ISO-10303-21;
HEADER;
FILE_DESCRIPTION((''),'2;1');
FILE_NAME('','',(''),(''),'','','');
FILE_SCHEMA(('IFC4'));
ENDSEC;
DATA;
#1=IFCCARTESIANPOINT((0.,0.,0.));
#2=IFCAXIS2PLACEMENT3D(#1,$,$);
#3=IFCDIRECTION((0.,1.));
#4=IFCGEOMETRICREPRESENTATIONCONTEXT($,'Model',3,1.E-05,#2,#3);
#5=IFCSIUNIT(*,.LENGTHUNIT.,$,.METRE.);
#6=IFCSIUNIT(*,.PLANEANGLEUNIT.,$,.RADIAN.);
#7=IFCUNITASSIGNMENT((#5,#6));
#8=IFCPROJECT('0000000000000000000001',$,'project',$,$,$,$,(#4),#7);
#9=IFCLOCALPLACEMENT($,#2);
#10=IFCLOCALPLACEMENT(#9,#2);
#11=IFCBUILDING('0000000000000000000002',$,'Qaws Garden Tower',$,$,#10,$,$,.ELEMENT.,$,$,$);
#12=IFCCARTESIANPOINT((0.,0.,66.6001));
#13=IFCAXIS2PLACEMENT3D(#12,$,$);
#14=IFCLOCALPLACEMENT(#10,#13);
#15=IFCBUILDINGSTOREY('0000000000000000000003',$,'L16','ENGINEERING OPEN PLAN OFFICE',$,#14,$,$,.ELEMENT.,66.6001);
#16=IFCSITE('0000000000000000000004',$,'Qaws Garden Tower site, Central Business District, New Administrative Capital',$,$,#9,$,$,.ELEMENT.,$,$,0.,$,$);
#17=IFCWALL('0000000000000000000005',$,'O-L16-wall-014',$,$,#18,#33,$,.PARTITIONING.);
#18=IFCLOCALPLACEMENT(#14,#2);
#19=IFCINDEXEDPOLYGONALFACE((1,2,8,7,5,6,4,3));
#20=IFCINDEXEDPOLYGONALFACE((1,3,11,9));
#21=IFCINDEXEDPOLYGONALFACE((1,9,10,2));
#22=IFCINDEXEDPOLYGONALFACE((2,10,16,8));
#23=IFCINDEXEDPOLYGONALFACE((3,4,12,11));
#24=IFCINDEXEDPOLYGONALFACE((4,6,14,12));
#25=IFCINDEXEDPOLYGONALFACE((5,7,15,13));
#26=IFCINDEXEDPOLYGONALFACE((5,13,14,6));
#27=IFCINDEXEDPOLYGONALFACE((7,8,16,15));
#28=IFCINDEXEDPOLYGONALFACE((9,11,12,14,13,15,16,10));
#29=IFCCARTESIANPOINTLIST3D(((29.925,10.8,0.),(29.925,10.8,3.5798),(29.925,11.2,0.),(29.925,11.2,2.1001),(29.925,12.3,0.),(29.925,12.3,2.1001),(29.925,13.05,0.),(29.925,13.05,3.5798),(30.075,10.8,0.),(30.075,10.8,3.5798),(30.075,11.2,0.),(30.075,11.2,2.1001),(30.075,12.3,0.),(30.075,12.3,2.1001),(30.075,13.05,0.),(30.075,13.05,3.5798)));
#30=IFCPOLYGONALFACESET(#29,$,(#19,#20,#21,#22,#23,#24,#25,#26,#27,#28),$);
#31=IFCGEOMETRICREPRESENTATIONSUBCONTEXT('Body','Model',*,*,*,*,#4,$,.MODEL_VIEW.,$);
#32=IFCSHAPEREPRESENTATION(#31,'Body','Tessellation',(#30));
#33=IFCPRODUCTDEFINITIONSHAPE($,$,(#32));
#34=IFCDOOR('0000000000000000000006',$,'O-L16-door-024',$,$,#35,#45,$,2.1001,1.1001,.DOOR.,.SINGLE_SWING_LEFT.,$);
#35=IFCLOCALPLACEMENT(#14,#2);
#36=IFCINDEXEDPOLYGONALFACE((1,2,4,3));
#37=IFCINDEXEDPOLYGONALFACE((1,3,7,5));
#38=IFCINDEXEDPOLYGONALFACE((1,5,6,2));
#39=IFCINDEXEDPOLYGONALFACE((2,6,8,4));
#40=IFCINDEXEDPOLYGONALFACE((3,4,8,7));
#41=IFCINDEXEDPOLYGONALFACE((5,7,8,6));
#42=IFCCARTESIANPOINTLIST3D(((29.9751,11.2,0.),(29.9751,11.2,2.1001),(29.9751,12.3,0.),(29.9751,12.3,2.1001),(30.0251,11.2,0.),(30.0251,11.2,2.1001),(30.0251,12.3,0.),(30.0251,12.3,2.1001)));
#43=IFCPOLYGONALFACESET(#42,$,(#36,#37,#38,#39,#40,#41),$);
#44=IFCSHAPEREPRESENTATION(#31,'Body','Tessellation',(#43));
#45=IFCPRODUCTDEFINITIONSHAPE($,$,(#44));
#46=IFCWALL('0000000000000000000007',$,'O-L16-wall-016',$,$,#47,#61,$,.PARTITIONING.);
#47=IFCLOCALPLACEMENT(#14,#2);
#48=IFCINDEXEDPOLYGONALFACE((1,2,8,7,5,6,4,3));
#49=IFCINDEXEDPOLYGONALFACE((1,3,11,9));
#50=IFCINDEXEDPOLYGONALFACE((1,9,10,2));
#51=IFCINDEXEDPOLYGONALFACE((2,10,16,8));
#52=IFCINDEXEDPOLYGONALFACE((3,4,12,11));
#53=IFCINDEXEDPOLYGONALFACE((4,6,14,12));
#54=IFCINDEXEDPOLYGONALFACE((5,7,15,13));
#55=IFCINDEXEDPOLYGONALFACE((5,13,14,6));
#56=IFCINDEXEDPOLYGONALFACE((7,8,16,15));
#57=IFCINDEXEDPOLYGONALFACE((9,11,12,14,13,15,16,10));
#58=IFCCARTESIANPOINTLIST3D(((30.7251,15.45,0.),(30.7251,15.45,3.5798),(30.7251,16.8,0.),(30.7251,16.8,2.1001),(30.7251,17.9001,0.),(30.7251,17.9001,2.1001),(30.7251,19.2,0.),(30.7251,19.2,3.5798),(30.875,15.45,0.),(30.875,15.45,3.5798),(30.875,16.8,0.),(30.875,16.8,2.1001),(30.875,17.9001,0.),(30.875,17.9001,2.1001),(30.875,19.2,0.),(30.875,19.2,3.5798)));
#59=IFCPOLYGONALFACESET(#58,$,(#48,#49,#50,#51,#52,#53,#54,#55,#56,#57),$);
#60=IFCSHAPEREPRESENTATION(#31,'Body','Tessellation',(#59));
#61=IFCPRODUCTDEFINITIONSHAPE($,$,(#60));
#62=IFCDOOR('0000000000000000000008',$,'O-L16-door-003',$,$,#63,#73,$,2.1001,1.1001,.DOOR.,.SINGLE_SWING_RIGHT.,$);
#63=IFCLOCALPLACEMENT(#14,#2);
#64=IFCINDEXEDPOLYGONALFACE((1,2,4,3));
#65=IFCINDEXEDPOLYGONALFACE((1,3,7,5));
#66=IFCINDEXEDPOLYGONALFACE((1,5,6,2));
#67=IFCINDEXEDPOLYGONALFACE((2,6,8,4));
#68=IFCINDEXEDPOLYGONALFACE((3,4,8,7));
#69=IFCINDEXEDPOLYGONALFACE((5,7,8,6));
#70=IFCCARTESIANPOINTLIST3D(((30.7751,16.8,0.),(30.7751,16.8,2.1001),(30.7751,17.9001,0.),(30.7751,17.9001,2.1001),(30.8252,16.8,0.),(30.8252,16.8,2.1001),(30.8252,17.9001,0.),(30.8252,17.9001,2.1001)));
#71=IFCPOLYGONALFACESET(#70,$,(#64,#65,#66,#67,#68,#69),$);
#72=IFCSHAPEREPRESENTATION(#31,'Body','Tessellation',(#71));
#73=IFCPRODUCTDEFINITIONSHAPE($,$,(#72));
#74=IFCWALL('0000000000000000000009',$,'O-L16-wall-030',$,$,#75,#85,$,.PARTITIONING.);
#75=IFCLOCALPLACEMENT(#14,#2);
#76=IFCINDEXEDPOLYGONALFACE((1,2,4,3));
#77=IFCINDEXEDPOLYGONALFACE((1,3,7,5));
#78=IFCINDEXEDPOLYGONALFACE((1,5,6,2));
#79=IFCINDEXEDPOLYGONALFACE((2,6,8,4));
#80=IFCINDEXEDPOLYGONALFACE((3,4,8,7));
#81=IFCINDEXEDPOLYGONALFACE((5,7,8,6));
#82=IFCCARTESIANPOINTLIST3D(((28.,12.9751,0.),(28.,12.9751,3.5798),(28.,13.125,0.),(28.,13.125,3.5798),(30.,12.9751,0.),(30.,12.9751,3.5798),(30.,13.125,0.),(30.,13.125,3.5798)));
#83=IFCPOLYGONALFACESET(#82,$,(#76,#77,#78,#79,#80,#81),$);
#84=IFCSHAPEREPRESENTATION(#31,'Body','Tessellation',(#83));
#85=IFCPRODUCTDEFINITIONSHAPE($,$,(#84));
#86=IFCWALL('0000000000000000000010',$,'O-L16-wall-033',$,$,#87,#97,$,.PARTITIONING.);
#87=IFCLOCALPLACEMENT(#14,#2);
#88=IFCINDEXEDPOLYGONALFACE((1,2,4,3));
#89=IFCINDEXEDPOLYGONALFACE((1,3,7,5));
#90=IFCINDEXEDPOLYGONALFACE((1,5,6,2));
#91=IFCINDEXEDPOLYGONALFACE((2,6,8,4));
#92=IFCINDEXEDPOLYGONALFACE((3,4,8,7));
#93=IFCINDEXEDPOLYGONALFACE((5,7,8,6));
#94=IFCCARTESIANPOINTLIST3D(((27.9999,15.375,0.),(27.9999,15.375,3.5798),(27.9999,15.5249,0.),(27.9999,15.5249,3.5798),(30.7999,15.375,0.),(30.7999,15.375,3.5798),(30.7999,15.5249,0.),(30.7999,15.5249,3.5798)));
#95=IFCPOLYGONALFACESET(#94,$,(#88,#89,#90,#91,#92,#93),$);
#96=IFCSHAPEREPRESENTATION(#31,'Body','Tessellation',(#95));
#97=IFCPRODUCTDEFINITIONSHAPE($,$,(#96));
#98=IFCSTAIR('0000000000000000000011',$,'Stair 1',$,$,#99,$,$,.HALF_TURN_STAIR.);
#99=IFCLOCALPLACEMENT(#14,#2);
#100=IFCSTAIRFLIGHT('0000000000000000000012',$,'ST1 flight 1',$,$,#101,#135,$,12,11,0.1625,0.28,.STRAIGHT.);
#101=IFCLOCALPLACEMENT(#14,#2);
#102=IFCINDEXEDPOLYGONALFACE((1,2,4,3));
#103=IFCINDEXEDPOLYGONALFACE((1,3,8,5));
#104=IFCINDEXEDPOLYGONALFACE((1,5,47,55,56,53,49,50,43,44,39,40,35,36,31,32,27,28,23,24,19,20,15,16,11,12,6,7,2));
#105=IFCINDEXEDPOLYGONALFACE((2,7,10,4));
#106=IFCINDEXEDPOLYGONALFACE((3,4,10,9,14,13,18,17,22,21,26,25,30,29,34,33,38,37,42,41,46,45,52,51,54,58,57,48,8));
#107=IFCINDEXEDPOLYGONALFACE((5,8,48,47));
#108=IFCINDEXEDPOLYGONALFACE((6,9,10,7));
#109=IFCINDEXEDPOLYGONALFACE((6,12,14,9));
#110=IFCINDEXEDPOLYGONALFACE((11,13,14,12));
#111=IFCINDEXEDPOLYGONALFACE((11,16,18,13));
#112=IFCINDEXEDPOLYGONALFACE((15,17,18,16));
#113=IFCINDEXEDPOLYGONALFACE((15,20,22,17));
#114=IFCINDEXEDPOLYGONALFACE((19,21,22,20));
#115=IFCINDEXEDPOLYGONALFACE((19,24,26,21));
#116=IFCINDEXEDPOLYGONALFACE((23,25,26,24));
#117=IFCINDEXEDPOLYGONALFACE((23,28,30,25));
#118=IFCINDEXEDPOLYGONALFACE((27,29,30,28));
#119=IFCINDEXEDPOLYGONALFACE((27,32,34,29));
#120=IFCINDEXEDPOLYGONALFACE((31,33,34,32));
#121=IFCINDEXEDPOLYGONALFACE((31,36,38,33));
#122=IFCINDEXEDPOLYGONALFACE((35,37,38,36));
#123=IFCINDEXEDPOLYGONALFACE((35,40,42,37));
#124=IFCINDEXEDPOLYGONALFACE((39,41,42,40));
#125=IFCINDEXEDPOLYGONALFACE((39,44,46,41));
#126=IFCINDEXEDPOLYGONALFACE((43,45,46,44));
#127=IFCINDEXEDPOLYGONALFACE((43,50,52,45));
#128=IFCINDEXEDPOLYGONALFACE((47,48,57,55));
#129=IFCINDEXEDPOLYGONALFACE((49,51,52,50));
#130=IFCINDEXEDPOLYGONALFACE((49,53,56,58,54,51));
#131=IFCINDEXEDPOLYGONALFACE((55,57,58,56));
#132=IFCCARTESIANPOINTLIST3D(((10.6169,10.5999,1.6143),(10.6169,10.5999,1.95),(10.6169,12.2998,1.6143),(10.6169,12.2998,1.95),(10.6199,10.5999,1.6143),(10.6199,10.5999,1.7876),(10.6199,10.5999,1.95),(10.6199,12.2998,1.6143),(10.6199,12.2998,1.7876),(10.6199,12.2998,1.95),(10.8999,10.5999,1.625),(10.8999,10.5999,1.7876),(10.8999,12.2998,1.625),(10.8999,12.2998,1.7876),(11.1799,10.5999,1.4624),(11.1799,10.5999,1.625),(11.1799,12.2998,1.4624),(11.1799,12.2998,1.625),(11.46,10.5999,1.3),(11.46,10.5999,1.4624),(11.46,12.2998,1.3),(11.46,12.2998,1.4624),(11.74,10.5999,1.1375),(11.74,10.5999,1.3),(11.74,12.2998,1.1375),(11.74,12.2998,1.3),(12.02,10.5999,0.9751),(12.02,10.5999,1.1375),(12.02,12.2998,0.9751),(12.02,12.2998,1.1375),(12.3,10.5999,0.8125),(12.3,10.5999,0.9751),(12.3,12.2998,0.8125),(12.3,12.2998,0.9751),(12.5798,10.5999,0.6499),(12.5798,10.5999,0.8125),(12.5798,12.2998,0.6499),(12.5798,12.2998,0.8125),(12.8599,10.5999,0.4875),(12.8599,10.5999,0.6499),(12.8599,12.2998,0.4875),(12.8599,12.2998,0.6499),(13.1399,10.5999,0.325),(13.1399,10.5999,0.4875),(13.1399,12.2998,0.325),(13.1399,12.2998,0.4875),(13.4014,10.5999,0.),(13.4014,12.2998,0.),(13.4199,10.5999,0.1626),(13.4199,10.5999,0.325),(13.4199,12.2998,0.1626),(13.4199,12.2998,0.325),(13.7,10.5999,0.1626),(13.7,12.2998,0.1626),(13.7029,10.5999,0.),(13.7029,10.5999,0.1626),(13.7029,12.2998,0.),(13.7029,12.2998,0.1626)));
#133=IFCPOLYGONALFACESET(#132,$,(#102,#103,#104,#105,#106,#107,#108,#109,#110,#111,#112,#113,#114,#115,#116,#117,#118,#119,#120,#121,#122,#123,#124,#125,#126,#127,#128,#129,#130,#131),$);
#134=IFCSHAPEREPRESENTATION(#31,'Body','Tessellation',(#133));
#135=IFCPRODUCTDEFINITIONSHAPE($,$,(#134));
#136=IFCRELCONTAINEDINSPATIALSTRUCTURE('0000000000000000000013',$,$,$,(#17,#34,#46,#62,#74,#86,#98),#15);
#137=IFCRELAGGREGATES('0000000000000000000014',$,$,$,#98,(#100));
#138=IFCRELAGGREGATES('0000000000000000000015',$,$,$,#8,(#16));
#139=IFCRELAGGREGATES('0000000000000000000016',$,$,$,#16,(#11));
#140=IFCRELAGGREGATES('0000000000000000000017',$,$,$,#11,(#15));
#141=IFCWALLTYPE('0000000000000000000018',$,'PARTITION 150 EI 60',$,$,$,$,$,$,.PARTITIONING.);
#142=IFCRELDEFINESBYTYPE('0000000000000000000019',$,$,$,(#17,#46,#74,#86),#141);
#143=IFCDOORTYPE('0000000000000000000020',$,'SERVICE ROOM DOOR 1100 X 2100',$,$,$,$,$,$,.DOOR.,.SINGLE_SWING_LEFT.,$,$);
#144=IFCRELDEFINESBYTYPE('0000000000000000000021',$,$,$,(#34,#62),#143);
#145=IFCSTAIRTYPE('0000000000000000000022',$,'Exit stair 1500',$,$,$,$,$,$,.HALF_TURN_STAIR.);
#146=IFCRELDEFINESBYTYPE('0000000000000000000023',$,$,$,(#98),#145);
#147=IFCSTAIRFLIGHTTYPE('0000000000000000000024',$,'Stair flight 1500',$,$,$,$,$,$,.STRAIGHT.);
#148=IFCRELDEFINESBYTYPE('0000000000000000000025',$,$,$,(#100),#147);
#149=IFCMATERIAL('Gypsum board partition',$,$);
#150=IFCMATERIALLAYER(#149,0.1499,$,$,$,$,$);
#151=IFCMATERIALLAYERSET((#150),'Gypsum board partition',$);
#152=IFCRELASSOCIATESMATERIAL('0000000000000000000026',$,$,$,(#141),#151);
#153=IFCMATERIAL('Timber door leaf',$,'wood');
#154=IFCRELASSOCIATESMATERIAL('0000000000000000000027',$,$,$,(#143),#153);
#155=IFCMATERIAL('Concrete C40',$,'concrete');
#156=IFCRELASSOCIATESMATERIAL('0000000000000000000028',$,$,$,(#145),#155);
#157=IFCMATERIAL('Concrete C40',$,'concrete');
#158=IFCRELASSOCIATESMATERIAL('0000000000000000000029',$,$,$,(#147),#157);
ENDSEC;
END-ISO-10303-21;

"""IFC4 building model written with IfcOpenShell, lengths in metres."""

from ifc_helpers import new_model, si_unit, direction, frame, frame_2d, origin, place, context, subcontext, project, spatial, polyline, rectangle, outline, extrude, material, layer, layer_set, type_object, element, fill, aggregate, save


model = new_model("IFC4")

# Units and contexts
model_context = context("Model", 3, precision=1e-05, world=origin(), true_north=direction((0.0, 1.0)))
body_context = subcontext(model_context, "Body", "Model", "MODEL_VIEW")
ifc_project = project(units=[si_unit("LENGTHUNIT", "METRE"), si_unit("PLANEANGLEUNIT", "RADIAN")], contexts=[model_context])

# Site, building, storey
site_placement = place(None, origin())
site = spatial("IfcSite", under=ifc_project, at=site_placement, Name="Qaws Garden Tower site, Central Business District, New Administrative Capital", CompositionType="ELEMENT", RefElevation=0.0)
building_placement = place(site_placement, origin())
building = spatial("IfcBuilding", under=site, at=building_placement, Name="Qaws Garden Tower", CompositionType="ELEMENT")
storey_placement = place(building_placement, frame((0.0, 0.0, 66.6001)))
storey = spatial("IfcBuildingStorey", under=building, at=storey_placement, Name="L16", Description="ENGINEERING OPEN PLAN OFFICE", CompositionType="ELEMENT", Elevation=66.6001)

# Walls, openings, doors
ifc_material_1 = material(Name="Gypsum board partition")
ifc_layer_1 = layer(ifc_material_1, 0.1499)
ifc_layer_set_1 = layer_set([ifc_layer_1], Name="Gypsum board partition")
wall_type_1 = type_object("IfcWallType", Name="PARTITION 150 EI 60", PredefinedType="PARTITIONING", material=ifc_layer_set_1)
wall_1_placement = place(storey_placement, frame((30.0, 10.8, 0.0), z_axis=(0.0, 0.0, 1.0), x_axis=(0.0, 1.0, 0.0)))
wall_1 = element("IfcWall", 1, at=wall_1_placement, inside=storey, type_object=wall_type_1, Name="O-L16-wall-014", PredefinedType="PARTITIONING", context=body_context, shape_type="SweptSolid", body=[
    extrude(rectangle(XDim=2.25, YDim=0.1499, at=frame_2d((1.125, 0.0))), origin(), (0.0, 0.0, 1.0), 3.5798),
])
opening_1_placement = place(wall_1_placement, frame((0.3999, 0.0, 0.0)))
opening_1 = element("IfcOpeningElement", 2, at=opening_1_placement, cuts=wall_1, PredefinedType="OPENING", context=body_context, shape_type="SweptSolid", body=[
    extrude(rectangle(XDim=1.1001, YDim=2.1001, at=frame_2d((0.55, 1.05))), frame((0.0, 0.085, 0.0), z_axis=(0.0, -1.0, 0.0), x_axis=(1.0, 0.0, 0.0)), (0.0, 0.0, 1.0), 0.1699),
])
ifc_material_2 = material(Name="Timber door leaf", Category="wood")
door_type_1 = type_object("IfcDoorType", Name="SERVICE ROOM DOOR 1100 X 2100", OperationType="SINGLE_SWING_LEFT", PredefinedType="DOOR", material=ifc_material_2)
door_1_placement = place(opening_1_placement, origin())
door_1 = element("IfcDoor", 3, at=door_1_placement, inside=storey, type_object=door_type_1, Name="O-L16-door-024", OperationType="SINGLE_SWING_LEFT", OverallHeight=2.1001, OverallWidth=1.1001, PredefinedType="DOOR", context=body_context, shape_type="SweptSolid", body=[
    extrude(rectangle(XDim=1.1001, YDim=2.1001, at=frame_2d((0.55, 1.05))), frame((0.0, 0.0249, 0.0), z_axis=(0.0, -1.0, 0.0), x_axis=(1.0, 0.0, 0.0)), (0.0, 0.0, 1.0), 0.05),
])
fill(opening_1, door_1)
wall_2_placement = place(storey_placement, frame((30.8, 15.45, 0.0), z_axis=(0.0, 0.0, 1.0), x_axis=(0.0, 1.0, 0.0)))
wall_2 = element("IfcWall", 4, at=wall_2_placement, inside=storey, type_object=wall_type_1, Name="O-L16-wall-016", PredefinedType="PARTITIONING", context=body_context, shape_type="SweptSolid", body=[
    extrude(rectangle(XDim=3.75, YDim=0.1499, at=frame_2d((1.875, 0.0))), origin(), (0.0, 0.0, 1.0), 3.5798),
])
opening_2_placement = place(wall_2_placement, frame((1.3501, 0.0, 0.0)))
opening_2 = element("IfcOpeningElement", 5, at=opening_2_placement, cuts=wall_2, PredefinedType="OPENING", context=body_context, shape_type="SweptSolid", body=[
    extrude(rectangle(XDim=1.1001, YDim=2.1001, at=frame_2d((0.55, 1.05))), frame((0.0, 0.085, 0.0), z_axis=(0.0, -1.0, 0.0), x_axis=(1.0, 0.0, 0.0)), (0.0, 0.0, 1.0), 0.1699),
])
door_2_placement = place(opening_2_placement, origin())
door_2 = element("IfcDoor", 6, at=door_2_placement, inside=storey, type_object=door_type_1, Name="O-L16-door-003", OperationType="SINGLE_SWING_RIGHT", OverallHeight=2.1001, OverallWidth=1.1001, PredefinedType="DOOR", context=body_context, shape_type="SweptSolid", body=[
    extrude(rectangle(XDim=1.1001, YDim=2.1001, at=frame_2d((0.55, 1.05))), frame((0.0, 0.0249, 0.0), z_axis=(0.0, -1.0, 0.0), x_axis=(1.0, 0.0, 0.0)), (0.0, 0.0, 1.0), 0.05),
])
fill(opening_2, door_2)

# Walls
wall_3_placement = place(storey_placement, frame((28.0, 13.05, 0.0), z_axis=(0.0, 0.0, 1.0), x_axis=(1.0, 0.0, 0.0)))
element("IfcWall", 7, at=wall_3_placement, inside=storey, type_object=wall_type_1, Name="O-L16-wall-030", PredefinedType="PARTITIONING", context=body_context, shape_type="SweptSolid", body=[
    extrude(rectangle(XDim=2.0, YDim=0.1499, at=frame_2d((1.0, 0.0))), origin(), (0.0, 0.0, 1.0), 3.5798),
])
wall_4_placement = place(storey_placement, frame((28.0, 15.45, 0.0), z_axis=(0.0, 0.0, 1.0), x_axis=(1.0, 0.0, 0.0)))
element("IfcWall", 8, at=wall_4_placement, inside=storey, type_object=wall_type_1, Name="O-L16-wall-033", PredefinedType="PARTITIONING", context=body_context, shape_type="SweptSolid", body=[
    extrude(rectangle(XDim=2.8, YDim=0.1499, at=frame_2d((1.3999, 0.0))), origin(), (0.0, 0.0, 1.0), 3.5798),
])

# Stair, stair flight
ifc_material_3 = material(Name="Concrete C40", Category="concrete")
stair_type = type_object("IfcStairType", Name="Exit stair 1500", PredefinedType="HALF_TURN_STAIR", material=ifc_material_3)
stair_placement = place(storey_placement, origin())
stair = element("IfcStair", 9, at=stair_placement, inside=storey, type_object=stair_type, Name="Stair 1", PredefinedType="HALF_TURN_STAIR")
ifc_material_4 = material(Name="Concrete C40", Category="concrete")
stair_flight_type = type_object("IfcStairFlightType", Name="Stair flight 1500", PredefinedType="STRAIGHT", material=ifc_material_4)
stair_flight_placement = place(storey_placement, frame((13.7, 11.45, 0.0), z_axis=(0.0, 0.0, 1.0), x_axis=(-1.0, 0.0, 0.0)))
stair_flight = element("IfcStairFlight", 10, at=stair_flight_placement, type_object=stair_flight_type, Name="ST1 flight 1", NumberOfRisers=12, NumberOfTreads=11, PredefinedType="STRAIGHT", RiserHeight=0.1625, TreadLength=0.28, context=body_context, shape_type="SweptSolid", body=[
    extrude(outline(polyline([(-0.0029, 0.0), (-0.0029, 0.1626), (0.0, 0.1626), (0.28, 0.1626), (0.28, 0.325), (0.5601, 0.325), (0.5601, 0.4875), (0.8401, 0.4875), (0.8401, 0.6499), (1.1201, 0.6499), (1.1201, 0.8125), (1.3999, 0.8125), (1.3999, 0.9751), (1.6799, 0.9751), (1.6799, 1.1375), (1.96, 1.1375), (1.96, 1.3), (2.24, 1.3), (2.24, 1.4624), (2.52, 1.4624), (2.52, 1.625), (2.8, 1.625), (2.8, 1.7876), (3.0801, 1.7876), (3.0801, 1.95), (3.083, 1.95), (3.083, 1.6143), (3.0801, 1.6143), (0.2986, 0.0), (-0.0029, 0.0)])), frame((0.0, 0.8501, 0.0), z_axis=(0.0, -1.0, 0.0), x_axis=(1.0, 0.0, 0.0)), (0.0, 0.0, 1.0), 1.7),
])
aggregate(stair, [stair_flight])

save(model, "model.ifc")
